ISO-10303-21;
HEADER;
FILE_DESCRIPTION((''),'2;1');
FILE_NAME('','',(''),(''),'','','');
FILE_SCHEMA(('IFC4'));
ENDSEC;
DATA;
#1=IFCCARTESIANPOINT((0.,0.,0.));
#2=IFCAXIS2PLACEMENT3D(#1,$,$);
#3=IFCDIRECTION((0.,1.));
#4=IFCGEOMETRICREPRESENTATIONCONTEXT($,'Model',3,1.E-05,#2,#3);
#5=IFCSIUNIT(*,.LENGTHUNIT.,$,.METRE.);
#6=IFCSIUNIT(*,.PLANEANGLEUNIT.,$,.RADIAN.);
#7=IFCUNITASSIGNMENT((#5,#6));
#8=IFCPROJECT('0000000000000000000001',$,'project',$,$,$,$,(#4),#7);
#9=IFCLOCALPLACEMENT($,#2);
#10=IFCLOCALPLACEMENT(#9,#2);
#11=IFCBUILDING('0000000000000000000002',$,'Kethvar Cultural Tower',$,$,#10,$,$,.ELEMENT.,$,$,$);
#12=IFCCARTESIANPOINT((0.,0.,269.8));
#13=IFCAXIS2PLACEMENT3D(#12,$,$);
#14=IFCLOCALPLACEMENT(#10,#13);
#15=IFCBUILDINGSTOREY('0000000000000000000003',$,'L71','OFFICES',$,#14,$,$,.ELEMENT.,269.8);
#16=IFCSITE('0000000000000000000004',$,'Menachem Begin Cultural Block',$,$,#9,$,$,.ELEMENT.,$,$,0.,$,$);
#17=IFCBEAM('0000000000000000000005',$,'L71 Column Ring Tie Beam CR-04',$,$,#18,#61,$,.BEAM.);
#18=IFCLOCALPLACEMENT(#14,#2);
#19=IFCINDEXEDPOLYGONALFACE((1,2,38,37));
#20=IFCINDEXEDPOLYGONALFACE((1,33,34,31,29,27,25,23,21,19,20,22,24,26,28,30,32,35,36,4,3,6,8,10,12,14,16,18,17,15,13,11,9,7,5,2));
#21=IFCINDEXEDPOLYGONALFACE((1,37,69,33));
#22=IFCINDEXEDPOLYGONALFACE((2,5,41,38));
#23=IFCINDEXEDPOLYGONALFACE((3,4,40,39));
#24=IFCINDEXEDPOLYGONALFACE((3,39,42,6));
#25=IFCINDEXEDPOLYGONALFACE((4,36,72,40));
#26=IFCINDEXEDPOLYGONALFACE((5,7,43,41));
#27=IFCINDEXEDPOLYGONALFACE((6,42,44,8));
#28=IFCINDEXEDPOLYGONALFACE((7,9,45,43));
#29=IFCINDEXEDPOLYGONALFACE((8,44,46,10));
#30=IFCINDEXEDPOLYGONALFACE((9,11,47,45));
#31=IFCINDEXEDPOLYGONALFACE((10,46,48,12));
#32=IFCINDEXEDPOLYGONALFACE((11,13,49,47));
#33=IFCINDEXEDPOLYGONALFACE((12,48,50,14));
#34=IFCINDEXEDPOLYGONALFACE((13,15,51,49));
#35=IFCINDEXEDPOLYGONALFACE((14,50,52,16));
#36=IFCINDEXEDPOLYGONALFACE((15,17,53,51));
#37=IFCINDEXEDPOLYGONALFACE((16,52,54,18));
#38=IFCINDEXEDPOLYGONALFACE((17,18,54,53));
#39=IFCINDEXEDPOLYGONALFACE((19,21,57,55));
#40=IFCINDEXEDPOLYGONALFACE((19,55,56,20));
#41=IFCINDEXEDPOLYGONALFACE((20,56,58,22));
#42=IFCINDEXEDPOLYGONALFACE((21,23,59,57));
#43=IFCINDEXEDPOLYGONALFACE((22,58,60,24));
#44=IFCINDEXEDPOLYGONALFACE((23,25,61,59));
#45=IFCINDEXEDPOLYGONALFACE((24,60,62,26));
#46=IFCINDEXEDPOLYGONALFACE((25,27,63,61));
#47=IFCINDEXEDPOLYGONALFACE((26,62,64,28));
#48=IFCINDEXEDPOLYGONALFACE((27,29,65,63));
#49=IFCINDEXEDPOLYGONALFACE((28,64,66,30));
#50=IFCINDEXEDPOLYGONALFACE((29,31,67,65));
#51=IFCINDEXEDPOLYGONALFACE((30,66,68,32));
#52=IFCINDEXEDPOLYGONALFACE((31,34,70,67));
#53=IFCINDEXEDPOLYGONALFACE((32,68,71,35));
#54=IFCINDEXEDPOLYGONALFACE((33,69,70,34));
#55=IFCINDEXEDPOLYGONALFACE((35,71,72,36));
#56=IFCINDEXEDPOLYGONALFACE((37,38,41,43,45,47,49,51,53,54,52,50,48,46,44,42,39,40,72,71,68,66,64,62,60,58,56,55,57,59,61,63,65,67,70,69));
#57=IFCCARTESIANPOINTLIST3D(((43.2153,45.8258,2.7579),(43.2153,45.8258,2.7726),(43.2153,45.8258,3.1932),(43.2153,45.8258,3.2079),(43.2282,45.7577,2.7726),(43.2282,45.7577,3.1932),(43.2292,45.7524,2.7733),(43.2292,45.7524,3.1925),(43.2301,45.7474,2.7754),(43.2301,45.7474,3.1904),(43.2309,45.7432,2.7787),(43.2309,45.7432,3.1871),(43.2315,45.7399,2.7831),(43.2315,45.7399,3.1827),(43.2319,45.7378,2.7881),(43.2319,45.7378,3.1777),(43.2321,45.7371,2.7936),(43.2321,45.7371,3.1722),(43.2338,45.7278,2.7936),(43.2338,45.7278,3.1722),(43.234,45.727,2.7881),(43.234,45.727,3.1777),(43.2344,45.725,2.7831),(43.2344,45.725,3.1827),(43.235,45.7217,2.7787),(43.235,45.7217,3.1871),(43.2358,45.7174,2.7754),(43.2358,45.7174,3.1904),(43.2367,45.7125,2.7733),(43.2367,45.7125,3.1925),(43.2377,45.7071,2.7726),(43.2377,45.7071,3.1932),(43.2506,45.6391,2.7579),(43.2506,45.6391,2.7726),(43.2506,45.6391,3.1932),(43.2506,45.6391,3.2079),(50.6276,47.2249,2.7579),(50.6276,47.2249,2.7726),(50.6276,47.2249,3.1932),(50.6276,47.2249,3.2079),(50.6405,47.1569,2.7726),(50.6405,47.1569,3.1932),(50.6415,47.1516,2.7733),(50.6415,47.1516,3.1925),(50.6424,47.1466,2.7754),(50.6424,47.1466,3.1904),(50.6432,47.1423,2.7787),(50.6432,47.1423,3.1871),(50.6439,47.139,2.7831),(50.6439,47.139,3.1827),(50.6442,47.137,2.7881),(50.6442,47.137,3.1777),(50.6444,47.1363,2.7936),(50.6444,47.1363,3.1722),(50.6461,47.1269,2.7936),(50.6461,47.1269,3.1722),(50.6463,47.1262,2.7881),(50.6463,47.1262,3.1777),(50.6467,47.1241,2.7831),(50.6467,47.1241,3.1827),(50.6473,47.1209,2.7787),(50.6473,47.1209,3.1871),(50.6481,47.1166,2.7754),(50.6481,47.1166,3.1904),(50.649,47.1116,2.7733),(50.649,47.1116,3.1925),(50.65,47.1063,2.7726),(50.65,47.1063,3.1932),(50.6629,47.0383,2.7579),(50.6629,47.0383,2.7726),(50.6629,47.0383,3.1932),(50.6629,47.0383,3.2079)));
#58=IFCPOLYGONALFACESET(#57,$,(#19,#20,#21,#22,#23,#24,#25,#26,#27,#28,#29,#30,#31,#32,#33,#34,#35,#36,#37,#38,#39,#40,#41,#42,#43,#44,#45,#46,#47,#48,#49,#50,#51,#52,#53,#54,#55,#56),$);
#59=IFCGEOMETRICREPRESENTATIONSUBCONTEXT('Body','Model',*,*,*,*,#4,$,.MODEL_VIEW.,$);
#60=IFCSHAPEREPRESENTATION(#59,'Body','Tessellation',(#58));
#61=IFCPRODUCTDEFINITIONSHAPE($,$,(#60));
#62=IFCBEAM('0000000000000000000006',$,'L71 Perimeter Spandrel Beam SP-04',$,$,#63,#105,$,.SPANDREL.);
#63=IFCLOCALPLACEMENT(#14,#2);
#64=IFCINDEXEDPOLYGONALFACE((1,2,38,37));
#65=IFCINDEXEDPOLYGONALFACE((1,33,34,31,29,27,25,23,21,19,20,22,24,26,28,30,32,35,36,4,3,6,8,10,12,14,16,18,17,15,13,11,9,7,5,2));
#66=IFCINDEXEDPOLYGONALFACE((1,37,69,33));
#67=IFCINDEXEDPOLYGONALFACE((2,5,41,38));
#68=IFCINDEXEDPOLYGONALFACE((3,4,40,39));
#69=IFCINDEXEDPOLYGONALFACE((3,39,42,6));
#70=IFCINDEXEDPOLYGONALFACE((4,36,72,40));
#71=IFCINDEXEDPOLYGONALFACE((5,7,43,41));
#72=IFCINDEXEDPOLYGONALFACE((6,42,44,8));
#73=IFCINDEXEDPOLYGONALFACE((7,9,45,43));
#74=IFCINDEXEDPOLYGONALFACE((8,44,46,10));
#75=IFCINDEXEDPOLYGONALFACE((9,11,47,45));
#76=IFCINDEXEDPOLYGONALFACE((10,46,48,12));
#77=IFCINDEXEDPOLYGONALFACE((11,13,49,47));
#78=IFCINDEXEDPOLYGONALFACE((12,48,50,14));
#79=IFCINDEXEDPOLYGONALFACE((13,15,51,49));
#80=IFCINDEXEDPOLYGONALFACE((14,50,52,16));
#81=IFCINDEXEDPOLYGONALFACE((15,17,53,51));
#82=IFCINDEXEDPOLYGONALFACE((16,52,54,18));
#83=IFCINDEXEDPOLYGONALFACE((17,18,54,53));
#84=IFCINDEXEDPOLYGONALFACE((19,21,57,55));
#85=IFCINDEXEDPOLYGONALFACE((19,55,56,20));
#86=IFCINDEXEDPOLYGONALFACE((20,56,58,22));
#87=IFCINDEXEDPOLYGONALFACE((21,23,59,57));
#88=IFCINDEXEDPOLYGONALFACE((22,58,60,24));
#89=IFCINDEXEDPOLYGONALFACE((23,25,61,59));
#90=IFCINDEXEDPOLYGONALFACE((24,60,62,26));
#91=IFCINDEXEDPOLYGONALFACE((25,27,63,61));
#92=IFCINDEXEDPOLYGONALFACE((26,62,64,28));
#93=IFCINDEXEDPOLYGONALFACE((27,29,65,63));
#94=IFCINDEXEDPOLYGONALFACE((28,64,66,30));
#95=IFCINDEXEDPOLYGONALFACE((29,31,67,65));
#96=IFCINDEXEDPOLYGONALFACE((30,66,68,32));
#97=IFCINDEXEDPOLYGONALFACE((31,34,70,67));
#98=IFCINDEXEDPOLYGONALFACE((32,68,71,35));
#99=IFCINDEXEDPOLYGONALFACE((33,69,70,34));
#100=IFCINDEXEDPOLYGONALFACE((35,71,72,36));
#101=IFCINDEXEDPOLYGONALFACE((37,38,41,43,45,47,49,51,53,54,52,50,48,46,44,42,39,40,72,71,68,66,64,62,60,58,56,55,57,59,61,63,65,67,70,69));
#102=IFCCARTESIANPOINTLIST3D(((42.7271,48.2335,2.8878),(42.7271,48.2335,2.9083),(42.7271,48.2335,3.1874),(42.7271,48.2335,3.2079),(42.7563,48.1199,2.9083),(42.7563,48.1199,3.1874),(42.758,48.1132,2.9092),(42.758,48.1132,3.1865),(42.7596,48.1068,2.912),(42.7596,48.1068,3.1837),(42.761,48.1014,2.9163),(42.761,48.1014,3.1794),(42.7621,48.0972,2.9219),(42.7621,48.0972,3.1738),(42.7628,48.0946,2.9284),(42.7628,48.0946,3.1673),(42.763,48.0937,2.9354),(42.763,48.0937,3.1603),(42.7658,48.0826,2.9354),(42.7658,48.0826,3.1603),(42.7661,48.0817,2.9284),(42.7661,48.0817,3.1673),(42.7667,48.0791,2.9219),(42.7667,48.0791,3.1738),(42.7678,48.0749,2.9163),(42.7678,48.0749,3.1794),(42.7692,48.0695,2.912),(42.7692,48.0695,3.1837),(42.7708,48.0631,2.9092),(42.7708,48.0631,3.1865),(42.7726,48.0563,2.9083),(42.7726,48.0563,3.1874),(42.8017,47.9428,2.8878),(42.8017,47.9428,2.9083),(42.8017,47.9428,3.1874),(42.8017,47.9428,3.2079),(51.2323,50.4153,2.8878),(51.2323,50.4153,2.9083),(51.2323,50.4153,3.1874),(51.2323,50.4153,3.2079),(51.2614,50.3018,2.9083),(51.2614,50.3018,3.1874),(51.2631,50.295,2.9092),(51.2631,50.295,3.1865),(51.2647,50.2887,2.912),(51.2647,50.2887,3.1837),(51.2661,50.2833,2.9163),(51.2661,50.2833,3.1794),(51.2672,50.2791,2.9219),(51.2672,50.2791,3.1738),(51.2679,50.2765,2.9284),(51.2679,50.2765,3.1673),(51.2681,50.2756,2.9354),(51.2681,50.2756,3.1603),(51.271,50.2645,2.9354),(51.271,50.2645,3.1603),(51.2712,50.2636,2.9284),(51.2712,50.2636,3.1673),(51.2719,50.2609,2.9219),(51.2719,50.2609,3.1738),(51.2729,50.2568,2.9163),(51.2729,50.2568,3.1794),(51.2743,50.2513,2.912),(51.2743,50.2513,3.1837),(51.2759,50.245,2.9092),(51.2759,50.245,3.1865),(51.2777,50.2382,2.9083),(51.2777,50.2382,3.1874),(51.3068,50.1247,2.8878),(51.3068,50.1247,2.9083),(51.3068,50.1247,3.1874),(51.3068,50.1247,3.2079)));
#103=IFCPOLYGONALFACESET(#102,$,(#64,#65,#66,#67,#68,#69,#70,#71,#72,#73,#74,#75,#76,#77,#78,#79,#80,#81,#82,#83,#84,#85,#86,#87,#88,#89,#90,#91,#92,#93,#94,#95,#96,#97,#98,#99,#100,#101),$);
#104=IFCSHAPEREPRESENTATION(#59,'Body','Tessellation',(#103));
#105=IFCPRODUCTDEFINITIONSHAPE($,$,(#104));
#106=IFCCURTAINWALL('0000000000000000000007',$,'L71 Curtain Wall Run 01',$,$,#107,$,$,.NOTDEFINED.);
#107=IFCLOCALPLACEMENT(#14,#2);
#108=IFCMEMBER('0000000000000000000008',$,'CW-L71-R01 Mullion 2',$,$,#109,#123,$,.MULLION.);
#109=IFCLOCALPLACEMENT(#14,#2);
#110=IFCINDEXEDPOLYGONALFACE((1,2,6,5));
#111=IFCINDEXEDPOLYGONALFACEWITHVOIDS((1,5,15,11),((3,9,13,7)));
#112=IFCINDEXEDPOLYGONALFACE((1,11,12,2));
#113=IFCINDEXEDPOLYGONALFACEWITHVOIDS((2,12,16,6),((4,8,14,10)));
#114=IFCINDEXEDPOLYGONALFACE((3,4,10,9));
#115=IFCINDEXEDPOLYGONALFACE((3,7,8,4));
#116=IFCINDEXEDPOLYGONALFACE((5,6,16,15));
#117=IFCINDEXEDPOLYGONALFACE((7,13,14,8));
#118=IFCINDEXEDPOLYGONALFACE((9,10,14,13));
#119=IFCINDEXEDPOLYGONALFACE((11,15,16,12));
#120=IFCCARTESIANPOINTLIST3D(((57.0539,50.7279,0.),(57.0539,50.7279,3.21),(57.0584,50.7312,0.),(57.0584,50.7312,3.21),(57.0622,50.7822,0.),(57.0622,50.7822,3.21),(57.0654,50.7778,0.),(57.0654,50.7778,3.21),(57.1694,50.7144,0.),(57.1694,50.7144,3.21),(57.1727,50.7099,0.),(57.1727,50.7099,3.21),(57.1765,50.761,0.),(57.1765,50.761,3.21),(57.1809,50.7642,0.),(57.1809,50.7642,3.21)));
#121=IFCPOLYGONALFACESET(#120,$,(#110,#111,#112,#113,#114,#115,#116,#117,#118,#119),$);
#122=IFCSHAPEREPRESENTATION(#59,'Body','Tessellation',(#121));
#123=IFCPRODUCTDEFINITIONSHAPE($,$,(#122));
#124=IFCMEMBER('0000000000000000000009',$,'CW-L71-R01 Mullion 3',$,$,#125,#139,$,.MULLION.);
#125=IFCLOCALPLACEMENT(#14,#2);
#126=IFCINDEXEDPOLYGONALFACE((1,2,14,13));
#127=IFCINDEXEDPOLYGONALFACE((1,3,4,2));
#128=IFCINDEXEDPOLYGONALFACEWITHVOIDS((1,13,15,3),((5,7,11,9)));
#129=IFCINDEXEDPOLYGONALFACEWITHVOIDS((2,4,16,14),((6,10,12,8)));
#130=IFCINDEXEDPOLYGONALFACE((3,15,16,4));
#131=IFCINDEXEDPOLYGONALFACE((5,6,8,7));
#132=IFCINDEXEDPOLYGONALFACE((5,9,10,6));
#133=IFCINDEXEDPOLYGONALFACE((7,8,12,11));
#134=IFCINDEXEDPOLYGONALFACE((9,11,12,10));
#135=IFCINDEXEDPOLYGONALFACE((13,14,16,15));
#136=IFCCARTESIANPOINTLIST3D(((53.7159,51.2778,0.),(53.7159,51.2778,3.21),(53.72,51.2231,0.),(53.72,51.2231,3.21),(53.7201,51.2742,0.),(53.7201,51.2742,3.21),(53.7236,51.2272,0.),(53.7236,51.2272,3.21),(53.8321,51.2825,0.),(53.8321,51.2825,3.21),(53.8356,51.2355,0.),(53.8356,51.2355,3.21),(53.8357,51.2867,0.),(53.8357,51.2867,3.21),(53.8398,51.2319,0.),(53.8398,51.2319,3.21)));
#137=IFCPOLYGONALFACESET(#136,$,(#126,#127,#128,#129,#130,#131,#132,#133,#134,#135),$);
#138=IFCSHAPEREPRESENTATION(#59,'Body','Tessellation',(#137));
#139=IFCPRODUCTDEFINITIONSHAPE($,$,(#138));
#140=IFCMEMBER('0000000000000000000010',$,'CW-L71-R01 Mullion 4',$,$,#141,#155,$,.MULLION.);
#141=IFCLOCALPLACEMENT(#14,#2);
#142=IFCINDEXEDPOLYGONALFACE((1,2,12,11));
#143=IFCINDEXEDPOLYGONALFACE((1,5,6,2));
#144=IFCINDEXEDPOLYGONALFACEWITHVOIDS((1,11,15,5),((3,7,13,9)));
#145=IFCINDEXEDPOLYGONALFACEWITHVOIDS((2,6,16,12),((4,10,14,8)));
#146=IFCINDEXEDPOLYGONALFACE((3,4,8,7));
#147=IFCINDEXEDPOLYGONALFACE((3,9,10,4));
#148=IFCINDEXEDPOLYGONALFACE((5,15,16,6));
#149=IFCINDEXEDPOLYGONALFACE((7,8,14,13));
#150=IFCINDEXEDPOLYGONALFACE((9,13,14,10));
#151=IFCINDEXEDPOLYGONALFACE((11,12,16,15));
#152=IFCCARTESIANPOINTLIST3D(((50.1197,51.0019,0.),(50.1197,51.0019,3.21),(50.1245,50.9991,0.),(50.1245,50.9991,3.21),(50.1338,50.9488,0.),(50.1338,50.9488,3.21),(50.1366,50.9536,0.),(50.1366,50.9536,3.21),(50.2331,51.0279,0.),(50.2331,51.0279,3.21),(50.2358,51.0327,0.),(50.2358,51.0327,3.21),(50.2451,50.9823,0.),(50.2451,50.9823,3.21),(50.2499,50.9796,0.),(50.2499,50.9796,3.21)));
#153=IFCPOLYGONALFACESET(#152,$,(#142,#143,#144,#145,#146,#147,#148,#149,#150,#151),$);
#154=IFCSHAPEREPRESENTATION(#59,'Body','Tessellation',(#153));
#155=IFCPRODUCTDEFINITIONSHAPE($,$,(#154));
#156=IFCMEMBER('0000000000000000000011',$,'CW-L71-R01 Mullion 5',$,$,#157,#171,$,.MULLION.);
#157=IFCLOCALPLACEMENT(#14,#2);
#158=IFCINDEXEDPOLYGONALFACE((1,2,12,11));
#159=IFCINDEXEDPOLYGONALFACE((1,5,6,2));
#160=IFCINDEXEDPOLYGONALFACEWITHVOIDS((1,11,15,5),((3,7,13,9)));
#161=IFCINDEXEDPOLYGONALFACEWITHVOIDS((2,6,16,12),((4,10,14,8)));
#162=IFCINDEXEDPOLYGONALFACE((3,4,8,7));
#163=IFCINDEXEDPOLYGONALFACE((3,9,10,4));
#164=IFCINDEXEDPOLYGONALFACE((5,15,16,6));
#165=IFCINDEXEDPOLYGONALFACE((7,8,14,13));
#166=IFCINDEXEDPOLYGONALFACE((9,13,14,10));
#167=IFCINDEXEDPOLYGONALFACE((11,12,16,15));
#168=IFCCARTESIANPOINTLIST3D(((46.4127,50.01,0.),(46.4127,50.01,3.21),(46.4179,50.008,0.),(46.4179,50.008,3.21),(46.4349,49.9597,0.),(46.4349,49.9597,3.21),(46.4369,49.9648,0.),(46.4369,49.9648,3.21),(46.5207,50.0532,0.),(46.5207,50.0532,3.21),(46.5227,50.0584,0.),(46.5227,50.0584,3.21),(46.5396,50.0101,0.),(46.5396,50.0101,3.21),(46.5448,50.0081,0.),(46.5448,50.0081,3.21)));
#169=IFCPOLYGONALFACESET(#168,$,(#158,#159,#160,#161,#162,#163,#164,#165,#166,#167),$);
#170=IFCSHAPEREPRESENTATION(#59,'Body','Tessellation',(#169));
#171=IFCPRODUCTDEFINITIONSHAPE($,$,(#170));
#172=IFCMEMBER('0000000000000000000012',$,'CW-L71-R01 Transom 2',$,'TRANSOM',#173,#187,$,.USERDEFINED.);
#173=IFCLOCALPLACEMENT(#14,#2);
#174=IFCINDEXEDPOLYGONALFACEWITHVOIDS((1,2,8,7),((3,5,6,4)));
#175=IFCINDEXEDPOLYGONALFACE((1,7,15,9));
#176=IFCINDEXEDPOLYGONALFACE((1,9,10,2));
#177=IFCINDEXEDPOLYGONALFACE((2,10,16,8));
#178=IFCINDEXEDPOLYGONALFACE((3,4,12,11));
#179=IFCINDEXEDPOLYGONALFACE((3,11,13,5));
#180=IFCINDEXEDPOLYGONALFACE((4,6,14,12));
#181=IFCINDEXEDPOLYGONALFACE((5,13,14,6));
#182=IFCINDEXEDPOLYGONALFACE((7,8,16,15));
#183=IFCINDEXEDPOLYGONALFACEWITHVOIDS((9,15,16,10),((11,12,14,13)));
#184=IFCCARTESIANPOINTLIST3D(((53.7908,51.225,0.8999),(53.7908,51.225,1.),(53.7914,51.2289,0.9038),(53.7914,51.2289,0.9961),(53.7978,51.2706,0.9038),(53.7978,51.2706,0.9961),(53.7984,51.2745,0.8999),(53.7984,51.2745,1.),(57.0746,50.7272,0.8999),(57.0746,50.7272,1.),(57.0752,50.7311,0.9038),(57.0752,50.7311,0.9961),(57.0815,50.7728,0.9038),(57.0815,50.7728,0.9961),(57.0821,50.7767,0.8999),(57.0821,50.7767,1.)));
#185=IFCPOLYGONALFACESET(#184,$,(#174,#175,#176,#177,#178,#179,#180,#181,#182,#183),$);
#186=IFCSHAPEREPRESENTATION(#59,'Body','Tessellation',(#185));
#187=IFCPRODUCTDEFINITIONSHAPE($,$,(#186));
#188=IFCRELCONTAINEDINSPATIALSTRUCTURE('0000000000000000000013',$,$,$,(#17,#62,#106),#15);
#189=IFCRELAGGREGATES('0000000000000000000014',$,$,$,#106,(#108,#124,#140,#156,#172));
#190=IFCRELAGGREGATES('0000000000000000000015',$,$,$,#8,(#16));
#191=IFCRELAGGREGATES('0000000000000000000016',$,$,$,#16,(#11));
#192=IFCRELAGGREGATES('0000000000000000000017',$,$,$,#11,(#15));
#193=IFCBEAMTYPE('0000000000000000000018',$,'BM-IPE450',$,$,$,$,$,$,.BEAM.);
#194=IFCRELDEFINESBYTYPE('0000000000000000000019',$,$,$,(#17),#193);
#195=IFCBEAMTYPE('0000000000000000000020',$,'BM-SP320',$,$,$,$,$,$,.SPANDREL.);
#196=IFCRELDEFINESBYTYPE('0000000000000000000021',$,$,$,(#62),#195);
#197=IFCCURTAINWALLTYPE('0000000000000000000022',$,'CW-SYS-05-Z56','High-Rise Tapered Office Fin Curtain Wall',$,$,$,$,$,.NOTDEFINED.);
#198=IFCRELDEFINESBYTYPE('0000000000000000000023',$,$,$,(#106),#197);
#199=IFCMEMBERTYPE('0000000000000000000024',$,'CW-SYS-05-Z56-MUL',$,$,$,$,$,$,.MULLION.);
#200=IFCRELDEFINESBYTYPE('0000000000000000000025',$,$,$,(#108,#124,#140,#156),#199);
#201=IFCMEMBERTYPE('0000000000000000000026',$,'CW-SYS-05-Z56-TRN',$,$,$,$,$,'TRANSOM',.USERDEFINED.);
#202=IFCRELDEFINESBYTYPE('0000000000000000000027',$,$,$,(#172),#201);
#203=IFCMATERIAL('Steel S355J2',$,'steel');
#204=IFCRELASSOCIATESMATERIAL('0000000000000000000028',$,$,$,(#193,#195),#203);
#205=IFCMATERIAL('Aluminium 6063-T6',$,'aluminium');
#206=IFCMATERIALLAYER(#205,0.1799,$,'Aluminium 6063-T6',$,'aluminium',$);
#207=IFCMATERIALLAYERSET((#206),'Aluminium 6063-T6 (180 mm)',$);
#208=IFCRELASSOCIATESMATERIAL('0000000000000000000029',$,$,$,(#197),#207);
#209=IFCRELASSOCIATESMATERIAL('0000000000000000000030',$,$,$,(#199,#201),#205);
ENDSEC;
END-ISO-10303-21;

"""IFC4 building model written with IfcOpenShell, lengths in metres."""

from ifc_helpers import new_model, si_unit, direction, frame, origin, origin_2d, place, context, subcontext, project, spatial, hollow_rectangle, i_section, extrude, source, transform, mapped, material, layer, layer_set, material_profile, profile_set, type_object, element, aggregate, save


model = new_model("IFC4")

# Units and contexts
model_context = context("Model", 3, precision=1e-05, world=origin(), true_north=direction((0.0, 1.0)))
body_context = subcontext(model_context, "Body", "Model", "MODEL_VIEW")
ifc_project = project(units=[si_unit("LENGTHUNIT", "METRE"), si_unit("PLANEANGLEUNIT", "RADIAN")], contexts=[model_context])

# Site, building, storey
site_placement = place(None, origin())
site = spatial("IfcSite", under=ifc_project, at=site_placement, Name="Menachem Begin Cultural Block", CompositionType="ELEMENT", RefElevation=0.0)
building_placement = place(site_placement, origin())
building = spatial("IfcBuilding", under=site, at=building_placement, Name="Kethvar Cultural Tower", CompositionType="ELEMENT")
storey_placement = place(building_placement, frame((0.0, 0.0, 269.8)))
storey = spatial("IfcBuildingStorey", under=building, at=storey_placement, Name="L71", Description="OFFICES", CompositionType="ELEMENT", Elevation=269.8)

# Shared definitions
ifc_material_1 = material(Name="Steel S355J2", Category="steel")

# Beams
ifc_material_profile_1 = material_profile(ifc_material_1, i_section(OverallWidth=0.1899, OverallDepth=0.45, WebThickness=0.0095, FlangeThickness=0.0146, FilletRadius=0.021, at=origin_2d()), Name="Steel S355J2 — IPE450")
ifc_profile_set_1 = profile_set([ifc_material_profile_1], Name="Steel S355J2 — IPE450")
beam_type_1 = type_object("IfcBeamType", Name="BM-IPE450", PredefinedType="BEAM", material=ifc_profile_set_1)
shared_shape_1 = source(origin(), body_context, "Body", "SweptSolid", [
    extrude(i_section(OverallWidth=0.1899, OverallDepth=0.45, WebThickness=0.0095, FlangeThickness=0.0146, FilletRadius=0.021, at=origin_2d()), origin(), (0.0, 0.0, 1.0), 7.5432),
])
beam_1_placement = place(storey_placement, frame((50.6453, 47.1316, 2.9829), z_axis=(-0.982647, -0.185486, 0.0), x_axis=(0.185486, -0.982647, 0.0)))
element("IfcBeam", 1, at=beam_1_placement, inside=storey, type_object=beam_type_1, Name="L71 Column Ring Tie Beam CR-04", PredefinedType="BEAM", context=body_context, shape_type="MappedRepresentation", body=[
    mapped(shared_shape_1, transform((0.0, 0.0, 0.0), scale=1.0)),
])
ifc_material_profile_2 = material_profile(ifc_material_1, i_section(OverallWidth=0.3, OverallDepth=0.3201, WebThickness=0.0115, FlangeThickness=0.0205, FilletRadius=0.0271, at=origin_2d()), Name="Steel S355J2 — HEB320")
ifc_profile_set_2 = profile_set([ifc_material_profile_2], Name="Steel S355J2 — HEB320")
beam_type_2 = type_object("IfcBeamType", Name="BM-SP320", PredefinedType="SPANDREL", material=ifc_profile_set_2)
shared_shape_2 = source(origin(), body_context, "Body", "SweptSolid", [
    extrude(i_section(OverallWidth=0.3, OverallDepth=0.3201, WebThickness=0.0115, FlangeThickness=0.0205, FilletRadius=0.0271, at=origin_2d()), origin(), (0.0, 0.0, 1.0), 8.7805),
])
beam_2_placement = place(storey_placement, frame((51.2695, 50.27, 3.0479), z_axis=(-0.968634, -0.248491, 0.0), x_axis=(0.248491, -0.968634, 0.0)))
element("IfcBeam", 2, at=beam_2_placement, inside=storey, type_object=beam_type_2, Name="L71 Perimeter Spandrel Beam SP-04", PredefinedType="SPANDREL", context=body_context, shape_type="MappedRepresentation", body=[
    mapped(shared_shape_2, transform((0.0, 0.0, 0.0), scale=1.0)),
])

# Curtain wall, members
ifc_material_2 = material(Name="Aluminium 6063-T6", Category="aluminium")
ifc_layer_1 = layer(ifc_material_2, 0.1799, Name="Aluminium 6063-T6", Category="aluminium")
ifc_layer_set_1 = layer_set([ifc_layer_1], Name="Aluminium 6063-T6 (180 mm)")
curtain_wall_type = type_object("IfcCurtainWallType", Name="CW-SYS-05-Z56", Description="High-Rise Tapered Office Fin Curtain Wall", PredefinedType="NOTDEFINED", material=ifc_layer_set_1)
curtain_wall_placement = place(storey_placement, origin())
curtain_wall = element("IfcCurtainWall", 3, at=curtain_wall_placement, inside=storey, type_object=curtain_wall_type, Name="L71 Curtain Wall Run 01", PredefinedType="NOTDEFINED")
ifc_material_profile_3 = material_profile(ifc_material_2, hollow_rectangle(XDim=0.0549, YDim=0.1201, WallThickness=0.0039, at=origin_2d()), Name="Aluminium 6063-T6 — RHS120x55x4")
ifc_profile_set_3 = profile_set([ifc_material_profile_3], Name="Aluminium 6063-T6 — RHS120x55x4")
member_type_1 = type_object("IfcMemberType", Name="CW-SYS-05-Z56-MUL", PredefinedType="MULLION", material=ifc_profile_set_3)
shared_shape_3 = source(origin(), body_context, "Body", "SweptSolid", [
    extrude(hollow_rectangle(XDim=0.0549, YDim=0.1201, WallThickness=0.0039, at=origin_2d()), origin(), (0.0, 0.0, 1.0), 3.21),
])
member_1_placement = place(storey_placement, frame((57.1174, 50.7461, 0.0), z_axis=(0.0, 0.0, 1.0), x_axis=(-0.149863, -0.988707, 0.0)))
member_1 = element("IfcMember", 4, at=member_1_placement, type_object=member_type_1, Name="CW-L71-R01 Mullion 2", PredefinedType="MULLION", context=body_context, shape_type="MappedRepresentation", body=[
    mapped(shared_shape_3, transform((0.0, 0.0, 0.0), scale=1.0)),
])
member_2_placement = place(storey_placement, frame((53.7778, 51.2549, 0.0), z_axis=(0.0, 0.0, 1.0), x_axis=(0.073743, -0.997277, 0.0)))
member_2 = element("IfcMember", 5, at=member_2_placement, type_object=member_type_1, Name="CW-L71-R01 Mullion 3", PredefinedType="MULLION", context=body_context, shape_type="MappedRepresentation", body=[
    mapped(shared_shape_3, transform((0.0, 0.0, 0.0), scale=1.0)),
])
member_3_placement = place(storey_placement, frame((50.1848, 50.9907, 0.0), z_axis=(0.0, 0.0, 1.0), x_axis=(0.256374, -0.966578, 0.0)))
member_3 = element("IfcMember", 6, at=member_3_placement, type_object=member_type_1, Name="CW-L71-R01 Mullion 4", PredefinedType="MULLION", context=body_context, shape_type="MappedRepresentation", body=[
    mapped(shared_shape_3, transform((0.0, 0.0, 0.0), scale=1.0)),
])
member_4_placement = place(storey_placement, frame((46.4788, 50.009, 0.0), z_axis=(0.0, 0.0, 1.0), x_axis=(0.403034, -0.915185, 0.0)))
member_4 = element("IfcMember", 7, at=member_4_placement, type_object=member_type_1, Name="CW-L71-R01 Mullion 5", PredefinedType="MULLION", context=body_context, shape_type="MappedRepresentation", body=[
    mapped(shared_shape_3, transform((0.0, 0.0, 0.0), scale=1.0)),
])
ifc_material_profile_4 = material_profile(ifc_material_2, hollow_rectangle(XDim=0.05, YDim=0.1001, WallThickness=0.0039, at=origin_2d()), Name="Aluminium 6063-T6 — RHS100x50x4")
ifc_profile_set_4 = profile_set([ifc_material_profile_4], Name="Aluminium 6063-T6 — RHS100x50x4")
member_type_2 = type_object("IfcMemberType", Name="CW-SYS-05-Z56-TRN", ElementType="TRANSOM", PredefinedType="USERDEFINED", material=ifc_profile_set_4)
shared_shape_4 = source(origin(), body_context, "Body", "SweptSolid", [
    extrude(hollow_rectangle(XDim=0.05, YDim=0.1001, WallThickness=0.0039, at=origin_2d()), origin(), (0.0, 0.0, 1.0), 3.3213),
])
member_5_placement = place(storey_placement, frame((57.0784, 50.752, 0.95), z_axis=(-0.988703, 0.149886, 0.0), x_axis=(-0.149886, -0.988703, 0.0)))
member_5 = element("IfcMember", 8, at=member_5_placement, type_object=member_type_2, Name="CW-L71-R01 Transom 2", ObjectType="TRANSOM", PredefinedType="USERDEFINED", context=body_context, shape_type="MappedRepresentation", body=[
    mapped(shared_shape_4, transform((0.0, 0.0, 0.0), scale=1.0)),
])
aggregate(curtain_wall, [member_1, member_2, member_3, member_4, member_5])

save(model, "model.ifc")
